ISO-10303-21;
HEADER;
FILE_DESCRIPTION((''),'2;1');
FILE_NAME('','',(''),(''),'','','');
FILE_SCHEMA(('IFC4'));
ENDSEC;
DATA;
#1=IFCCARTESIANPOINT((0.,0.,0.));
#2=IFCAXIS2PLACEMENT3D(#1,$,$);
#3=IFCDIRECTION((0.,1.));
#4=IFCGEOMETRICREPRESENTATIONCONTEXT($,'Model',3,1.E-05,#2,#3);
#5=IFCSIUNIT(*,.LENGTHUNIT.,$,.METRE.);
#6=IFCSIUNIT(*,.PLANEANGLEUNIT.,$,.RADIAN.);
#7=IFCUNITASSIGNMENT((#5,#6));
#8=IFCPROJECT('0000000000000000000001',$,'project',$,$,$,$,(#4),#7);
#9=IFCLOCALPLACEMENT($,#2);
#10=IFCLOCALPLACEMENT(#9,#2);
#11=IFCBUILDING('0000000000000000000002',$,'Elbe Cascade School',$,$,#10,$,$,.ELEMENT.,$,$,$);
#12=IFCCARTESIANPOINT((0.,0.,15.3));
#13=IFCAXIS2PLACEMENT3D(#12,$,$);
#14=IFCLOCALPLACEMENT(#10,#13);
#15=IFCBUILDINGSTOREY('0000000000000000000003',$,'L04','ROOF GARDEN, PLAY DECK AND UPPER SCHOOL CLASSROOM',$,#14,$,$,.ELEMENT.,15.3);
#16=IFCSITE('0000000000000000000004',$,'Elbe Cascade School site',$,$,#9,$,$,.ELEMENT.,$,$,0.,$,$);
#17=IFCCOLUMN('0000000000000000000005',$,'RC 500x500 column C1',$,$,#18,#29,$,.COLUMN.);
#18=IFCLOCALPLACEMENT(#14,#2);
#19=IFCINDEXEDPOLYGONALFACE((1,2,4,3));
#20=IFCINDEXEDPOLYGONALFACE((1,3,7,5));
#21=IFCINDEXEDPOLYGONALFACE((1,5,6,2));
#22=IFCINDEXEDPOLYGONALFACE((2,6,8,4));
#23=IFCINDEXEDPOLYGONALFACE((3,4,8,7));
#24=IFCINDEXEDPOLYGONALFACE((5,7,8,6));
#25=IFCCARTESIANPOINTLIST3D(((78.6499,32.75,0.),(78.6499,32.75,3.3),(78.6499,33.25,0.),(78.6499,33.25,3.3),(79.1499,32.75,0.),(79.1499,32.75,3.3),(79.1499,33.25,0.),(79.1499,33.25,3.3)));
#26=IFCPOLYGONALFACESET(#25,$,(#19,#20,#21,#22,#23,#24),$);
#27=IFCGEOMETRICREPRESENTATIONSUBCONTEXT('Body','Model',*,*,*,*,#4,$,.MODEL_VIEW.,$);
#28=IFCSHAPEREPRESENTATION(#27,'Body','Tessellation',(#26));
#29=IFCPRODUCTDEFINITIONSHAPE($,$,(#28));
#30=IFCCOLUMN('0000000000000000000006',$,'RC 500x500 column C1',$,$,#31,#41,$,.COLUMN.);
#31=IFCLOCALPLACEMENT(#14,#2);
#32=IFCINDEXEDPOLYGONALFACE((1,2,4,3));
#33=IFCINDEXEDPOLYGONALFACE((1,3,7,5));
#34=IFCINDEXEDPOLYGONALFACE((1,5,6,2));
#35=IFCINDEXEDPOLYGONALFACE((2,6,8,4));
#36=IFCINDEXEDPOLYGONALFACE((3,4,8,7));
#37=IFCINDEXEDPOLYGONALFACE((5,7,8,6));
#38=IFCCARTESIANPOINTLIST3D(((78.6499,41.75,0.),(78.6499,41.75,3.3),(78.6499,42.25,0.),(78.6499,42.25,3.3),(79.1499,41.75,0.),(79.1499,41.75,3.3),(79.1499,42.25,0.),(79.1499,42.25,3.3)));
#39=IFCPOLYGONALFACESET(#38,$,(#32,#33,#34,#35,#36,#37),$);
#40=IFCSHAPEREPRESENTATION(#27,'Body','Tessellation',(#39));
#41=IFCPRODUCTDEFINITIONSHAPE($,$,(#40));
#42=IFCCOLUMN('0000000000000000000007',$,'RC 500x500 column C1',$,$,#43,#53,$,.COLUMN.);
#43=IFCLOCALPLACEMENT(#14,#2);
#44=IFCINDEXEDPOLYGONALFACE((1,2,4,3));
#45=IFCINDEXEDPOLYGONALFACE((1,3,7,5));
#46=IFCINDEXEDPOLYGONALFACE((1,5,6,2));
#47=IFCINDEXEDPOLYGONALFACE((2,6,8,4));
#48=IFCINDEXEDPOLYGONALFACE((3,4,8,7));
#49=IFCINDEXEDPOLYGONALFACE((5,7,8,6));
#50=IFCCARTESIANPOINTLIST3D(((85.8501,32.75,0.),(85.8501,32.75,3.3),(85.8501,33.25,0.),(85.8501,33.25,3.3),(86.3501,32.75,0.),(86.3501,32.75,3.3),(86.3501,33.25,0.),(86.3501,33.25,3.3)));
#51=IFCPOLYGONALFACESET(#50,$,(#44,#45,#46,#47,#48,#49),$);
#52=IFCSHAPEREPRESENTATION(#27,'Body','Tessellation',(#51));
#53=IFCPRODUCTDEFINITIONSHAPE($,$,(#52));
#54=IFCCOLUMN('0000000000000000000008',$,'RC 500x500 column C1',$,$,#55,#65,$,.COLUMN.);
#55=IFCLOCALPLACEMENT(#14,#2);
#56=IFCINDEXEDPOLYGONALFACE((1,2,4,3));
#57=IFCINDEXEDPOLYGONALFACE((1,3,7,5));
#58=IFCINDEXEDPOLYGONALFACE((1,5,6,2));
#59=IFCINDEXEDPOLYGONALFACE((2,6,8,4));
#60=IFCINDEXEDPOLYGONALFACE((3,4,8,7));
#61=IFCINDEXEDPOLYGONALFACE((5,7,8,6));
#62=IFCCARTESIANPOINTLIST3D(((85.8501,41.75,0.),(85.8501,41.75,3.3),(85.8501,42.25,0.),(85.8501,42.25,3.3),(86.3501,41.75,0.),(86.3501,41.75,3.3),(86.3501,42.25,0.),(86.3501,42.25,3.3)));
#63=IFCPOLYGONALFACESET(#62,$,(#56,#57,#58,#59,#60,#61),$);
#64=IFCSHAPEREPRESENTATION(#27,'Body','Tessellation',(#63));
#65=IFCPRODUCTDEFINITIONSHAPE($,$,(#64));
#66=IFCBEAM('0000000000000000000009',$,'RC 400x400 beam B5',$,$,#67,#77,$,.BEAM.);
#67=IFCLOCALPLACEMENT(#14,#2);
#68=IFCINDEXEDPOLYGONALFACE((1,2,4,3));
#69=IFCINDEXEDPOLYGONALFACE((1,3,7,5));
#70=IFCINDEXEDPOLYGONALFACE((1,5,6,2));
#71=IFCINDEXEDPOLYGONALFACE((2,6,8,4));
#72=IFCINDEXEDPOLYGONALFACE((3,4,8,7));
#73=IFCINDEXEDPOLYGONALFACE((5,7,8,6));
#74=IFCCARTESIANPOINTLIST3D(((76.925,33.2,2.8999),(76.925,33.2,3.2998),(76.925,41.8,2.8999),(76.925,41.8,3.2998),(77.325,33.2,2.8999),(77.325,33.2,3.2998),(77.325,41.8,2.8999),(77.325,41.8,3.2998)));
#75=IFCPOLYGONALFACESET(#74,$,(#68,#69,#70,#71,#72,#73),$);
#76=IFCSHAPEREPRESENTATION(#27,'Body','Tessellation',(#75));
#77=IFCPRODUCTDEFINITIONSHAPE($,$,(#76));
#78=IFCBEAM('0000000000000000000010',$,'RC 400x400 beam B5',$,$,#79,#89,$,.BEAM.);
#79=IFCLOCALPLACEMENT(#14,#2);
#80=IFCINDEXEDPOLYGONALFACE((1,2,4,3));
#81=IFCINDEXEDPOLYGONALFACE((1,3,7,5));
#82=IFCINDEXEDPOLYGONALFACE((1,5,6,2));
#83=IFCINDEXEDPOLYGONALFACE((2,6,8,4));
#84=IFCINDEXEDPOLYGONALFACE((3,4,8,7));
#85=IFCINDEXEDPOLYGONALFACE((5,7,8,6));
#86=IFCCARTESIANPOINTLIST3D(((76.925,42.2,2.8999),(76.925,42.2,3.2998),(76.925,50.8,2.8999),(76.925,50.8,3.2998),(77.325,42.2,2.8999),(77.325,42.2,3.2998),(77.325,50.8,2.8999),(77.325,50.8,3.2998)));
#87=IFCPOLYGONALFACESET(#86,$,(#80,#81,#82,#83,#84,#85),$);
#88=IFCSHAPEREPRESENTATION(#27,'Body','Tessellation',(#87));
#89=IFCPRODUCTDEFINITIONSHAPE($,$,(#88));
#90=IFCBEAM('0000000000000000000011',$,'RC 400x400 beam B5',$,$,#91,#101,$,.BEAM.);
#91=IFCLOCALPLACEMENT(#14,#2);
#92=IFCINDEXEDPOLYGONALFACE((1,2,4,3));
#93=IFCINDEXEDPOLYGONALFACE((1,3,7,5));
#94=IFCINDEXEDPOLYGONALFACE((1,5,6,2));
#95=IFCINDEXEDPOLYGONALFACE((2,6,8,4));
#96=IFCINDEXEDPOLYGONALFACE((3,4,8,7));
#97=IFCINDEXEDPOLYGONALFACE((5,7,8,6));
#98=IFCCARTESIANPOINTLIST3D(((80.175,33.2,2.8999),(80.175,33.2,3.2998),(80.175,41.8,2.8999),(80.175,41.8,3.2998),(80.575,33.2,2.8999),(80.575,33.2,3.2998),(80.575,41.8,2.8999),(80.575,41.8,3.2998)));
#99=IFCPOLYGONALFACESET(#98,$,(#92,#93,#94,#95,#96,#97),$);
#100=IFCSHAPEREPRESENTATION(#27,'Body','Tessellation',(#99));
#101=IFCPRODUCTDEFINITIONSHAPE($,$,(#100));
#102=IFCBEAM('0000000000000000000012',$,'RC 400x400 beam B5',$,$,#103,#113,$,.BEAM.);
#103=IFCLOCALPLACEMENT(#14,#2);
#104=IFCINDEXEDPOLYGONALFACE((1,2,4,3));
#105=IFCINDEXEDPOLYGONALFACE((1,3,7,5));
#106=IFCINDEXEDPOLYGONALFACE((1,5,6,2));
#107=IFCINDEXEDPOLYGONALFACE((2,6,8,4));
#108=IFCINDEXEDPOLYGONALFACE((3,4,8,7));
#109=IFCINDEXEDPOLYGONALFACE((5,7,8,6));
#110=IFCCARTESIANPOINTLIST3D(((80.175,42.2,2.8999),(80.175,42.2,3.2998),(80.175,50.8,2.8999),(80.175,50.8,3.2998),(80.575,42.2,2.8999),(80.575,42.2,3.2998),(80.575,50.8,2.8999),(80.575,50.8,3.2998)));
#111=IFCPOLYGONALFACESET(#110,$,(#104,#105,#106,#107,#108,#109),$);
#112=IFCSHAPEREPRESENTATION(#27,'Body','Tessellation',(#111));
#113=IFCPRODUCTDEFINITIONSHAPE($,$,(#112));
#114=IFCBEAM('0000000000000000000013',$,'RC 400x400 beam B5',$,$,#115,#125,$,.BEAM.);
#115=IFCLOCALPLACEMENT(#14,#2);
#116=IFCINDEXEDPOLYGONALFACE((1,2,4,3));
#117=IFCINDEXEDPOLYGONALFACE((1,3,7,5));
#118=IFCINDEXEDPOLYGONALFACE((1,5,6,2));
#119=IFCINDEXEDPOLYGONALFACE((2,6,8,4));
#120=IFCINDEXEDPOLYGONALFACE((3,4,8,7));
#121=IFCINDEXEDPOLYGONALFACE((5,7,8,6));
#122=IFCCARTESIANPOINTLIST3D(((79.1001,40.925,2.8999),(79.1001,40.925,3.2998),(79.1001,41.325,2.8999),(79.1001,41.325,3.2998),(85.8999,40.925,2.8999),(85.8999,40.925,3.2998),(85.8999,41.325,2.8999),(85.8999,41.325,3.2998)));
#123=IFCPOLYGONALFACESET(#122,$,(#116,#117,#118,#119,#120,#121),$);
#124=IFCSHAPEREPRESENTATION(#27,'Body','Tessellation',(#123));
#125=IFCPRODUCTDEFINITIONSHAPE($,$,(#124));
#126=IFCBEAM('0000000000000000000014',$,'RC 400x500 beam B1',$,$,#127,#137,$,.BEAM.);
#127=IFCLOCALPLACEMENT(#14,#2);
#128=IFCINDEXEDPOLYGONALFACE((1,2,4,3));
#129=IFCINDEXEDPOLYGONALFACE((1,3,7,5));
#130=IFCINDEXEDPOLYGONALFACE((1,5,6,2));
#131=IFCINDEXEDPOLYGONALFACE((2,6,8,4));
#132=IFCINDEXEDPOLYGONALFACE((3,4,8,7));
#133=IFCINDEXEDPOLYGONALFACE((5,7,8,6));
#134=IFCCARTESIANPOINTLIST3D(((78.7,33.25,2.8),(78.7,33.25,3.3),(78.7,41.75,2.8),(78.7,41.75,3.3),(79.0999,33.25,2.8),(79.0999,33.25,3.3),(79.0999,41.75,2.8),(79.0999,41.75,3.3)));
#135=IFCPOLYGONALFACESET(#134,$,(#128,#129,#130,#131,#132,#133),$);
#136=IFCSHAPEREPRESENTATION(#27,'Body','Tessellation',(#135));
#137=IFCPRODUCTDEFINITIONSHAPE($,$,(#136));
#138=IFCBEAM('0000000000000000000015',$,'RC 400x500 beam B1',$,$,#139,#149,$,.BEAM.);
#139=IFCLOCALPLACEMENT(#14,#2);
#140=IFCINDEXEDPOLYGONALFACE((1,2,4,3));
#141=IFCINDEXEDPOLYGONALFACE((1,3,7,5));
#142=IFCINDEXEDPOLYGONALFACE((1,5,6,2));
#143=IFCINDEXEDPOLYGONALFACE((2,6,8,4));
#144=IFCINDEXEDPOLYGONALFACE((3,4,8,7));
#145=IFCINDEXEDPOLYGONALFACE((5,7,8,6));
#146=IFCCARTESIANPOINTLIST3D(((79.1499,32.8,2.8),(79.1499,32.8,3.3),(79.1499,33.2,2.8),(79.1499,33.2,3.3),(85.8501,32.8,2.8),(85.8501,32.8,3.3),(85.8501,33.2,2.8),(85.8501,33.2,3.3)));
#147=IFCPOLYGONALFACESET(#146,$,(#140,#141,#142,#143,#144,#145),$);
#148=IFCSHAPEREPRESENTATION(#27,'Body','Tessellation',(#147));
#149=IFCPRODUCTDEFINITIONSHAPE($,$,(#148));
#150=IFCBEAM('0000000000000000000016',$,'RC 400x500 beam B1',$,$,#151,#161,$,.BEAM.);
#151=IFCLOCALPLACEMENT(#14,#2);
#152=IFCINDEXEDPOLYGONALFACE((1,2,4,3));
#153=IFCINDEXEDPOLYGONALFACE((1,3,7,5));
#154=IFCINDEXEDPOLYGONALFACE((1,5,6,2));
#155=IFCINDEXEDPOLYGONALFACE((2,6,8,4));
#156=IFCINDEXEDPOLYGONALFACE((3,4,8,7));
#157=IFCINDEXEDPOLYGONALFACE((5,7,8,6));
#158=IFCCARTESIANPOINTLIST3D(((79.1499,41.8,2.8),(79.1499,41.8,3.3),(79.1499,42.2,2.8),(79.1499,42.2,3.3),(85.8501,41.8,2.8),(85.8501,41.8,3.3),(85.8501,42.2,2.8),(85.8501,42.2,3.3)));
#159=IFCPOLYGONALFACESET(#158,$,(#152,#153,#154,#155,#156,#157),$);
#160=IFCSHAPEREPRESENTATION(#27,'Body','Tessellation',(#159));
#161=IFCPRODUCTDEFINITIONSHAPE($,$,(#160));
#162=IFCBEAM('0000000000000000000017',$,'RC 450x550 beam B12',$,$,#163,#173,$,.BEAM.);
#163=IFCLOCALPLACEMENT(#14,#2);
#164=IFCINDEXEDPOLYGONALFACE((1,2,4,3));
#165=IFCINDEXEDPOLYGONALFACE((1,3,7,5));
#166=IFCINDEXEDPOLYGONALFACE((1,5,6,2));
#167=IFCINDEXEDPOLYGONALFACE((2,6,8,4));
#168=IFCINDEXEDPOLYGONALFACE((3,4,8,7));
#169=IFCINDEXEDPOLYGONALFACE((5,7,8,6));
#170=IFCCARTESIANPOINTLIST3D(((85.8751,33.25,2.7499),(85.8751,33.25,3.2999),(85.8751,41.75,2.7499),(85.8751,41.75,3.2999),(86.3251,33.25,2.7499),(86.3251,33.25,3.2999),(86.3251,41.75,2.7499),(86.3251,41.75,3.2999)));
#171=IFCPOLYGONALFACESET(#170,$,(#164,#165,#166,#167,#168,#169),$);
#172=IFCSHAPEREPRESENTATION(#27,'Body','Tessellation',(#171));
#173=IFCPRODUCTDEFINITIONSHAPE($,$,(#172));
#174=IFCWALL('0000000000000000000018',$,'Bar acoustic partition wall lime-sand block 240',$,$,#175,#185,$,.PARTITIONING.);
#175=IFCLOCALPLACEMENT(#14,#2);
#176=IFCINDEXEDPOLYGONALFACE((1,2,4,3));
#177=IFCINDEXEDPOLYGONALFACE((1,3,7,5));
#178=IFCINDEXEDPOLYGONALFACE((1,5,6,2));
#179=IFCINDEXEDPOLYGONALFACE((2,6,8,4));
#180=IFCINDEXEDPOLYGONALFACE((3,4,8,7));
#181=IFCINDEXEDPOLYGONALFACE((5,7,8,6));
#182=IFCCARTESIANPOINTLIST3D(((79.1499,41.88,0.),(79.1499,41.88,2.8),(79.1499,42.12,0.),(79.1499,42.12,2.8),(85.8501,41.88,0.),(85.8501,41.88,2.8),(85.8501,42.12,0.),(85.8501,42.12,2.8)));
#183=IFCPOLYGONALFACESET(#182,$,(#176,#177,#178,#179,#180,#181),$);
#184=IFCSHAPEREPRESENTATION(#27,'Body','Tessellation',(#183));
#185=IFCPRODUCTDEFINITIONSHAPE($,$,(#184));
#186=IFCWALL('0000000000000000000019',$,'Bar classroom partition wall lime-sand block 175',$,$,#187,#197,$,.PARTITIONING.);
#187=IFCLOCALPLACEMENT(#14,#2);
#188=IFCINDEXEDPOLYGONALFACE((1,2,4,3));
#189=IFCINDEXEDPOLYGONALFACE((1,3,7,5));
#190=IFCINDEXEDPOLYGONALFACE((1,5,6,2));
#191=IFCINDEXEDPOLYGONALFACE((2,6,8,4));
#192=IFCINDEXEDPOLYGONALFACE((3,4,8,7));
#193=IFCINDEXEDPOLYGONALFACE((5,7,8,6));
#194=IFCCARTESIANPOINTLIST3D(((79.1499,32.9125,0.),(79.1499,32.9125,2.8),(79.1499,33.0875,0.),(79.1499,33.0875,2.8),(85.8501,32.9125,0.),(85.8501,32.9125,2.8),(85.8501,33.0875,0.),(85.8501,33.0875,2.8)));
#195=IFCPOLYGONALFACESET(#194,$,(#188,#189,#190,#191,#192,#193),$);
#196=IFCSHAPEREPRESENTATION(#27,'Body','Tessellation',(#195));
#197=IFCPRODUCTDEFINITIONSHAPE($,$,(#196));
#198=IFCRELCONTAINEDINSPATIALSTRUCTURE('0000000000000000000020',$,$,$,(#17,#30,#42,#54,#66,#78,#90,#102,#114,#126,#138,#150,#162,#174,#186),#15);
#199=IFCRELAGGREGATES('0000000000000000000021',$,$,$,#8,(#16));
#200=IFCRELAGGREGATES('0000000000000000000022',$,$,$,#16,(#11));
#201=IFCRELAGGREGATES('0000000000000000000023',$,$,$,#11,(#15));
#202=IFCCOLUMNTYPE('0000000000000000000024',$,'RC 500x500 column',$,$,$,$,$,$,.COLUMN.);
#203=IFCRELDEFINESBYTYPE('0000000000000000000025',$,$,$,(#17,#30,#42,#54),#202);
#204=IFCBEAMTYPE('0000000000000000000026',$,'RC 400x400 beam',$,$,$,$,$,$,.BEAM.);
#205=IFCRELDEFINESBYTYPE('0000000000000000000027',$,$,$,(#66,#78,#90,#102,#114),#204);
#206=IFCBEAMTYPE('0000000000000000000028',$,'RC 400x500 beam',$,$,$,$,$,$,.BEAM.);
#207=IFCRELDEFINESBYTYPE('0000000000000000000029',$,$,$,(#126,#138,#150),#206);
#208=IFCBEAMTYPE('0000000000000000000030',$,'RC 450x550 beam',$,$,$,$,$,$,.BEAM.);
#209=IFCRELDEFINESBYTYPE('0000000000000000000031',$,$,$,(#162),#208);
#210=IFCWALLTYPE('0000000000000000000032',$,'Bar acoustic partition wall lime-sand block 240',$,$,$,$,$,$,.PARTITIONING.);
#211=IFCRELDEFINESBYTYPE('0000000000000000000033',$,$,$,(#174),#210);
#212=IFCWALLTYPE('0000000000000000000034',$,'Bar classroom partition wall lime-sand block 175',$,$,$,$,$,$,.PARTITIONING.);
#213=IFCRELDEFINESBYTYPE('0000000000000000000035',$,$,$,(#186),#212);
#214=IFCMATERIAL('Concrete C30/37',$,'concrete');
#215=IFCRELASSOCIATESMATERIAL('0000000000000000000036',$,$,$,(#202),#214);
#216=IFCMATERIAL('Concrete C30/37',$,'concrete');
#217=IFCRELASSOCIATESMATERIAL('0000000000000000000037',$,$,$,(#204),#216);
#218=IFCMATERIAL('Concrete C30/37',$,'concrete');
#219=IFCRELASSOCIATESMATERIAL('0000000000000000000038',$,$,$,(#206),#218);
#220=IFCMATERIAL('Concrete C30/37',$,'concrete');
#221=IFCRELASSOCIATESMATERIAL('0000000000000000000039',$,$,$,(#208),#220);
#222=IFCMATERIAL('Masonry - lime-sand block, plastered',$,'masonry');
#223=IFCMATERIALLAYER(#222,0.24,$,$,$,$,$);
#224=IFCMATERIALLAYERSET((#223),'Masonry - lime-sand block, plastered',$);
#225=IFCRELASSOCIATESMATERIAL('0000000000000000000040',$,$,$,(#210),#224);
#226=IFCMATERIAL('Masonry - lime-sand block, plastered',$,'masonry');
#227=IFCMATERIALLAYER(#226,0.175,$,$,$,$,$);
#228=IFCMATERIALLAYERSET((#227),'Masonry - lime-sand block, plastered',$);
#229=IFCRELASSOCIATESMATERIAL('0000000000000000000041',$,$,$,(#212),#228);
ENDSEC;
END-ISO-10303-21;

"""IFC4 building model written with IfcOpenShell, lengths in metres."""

from ifc_helpers import new_model, si_unit, direction, frame, frame_2d, origin, origin_2d, place, context, subcontext, project, spatial, rectangle, extrude, material, layer, layer_set, material_profile, profile_set, type_object, element, save


model = new_model("IFC4")

# Units and contexts
model_context = context("Model", 3, precision=1e-05, world=origin(), true_north=direction((0.0, 1.0)))
body_context = subcontext(model_context, "Body", "Model", "MODEL_VIEW")
ifc_project = project(units=[si_unit("LENGTHUNIT", "METRE"), si_unit("PLANEANGLEUNIT", "RADIAN")], contexts=[model_context])

# Site, building, storey
site_placement = place(None, origin())
site = spatial("IfcSite", under=ifc_project, at=site_placement, Name="Elbe Cascade School site", CompositionType="ELEMENT", RefElevation=0.0)
building_placement = place(site_placement, origin())
building = spatial("IfcBuilding", under=site, at=building_placement, Name="Elbe Cascade School", CompositionType="ELEMENT")
storey_placement = place(building_placement, frame((0.0, 0.0, 15.3)))
storey = spatial("IfcBuildingStorey", under=building, at=storey_placement, Name="L04", Description="ROOF GARDEN, PLAY DECK AND UPPER SCHOOL CLASSROOM", CompositionType="ELEMENT", Elevation=15.3)

# Columns
ifc_material_1 = material(Name="Concrete C30/37", Category="concrete")
ifc_material_profile_1 = material_profile(ifc_material_1, rectangle(XDim=0.5, YDim=0.5, at=origin_2d()), Name="RC 500x500")
ifc_profile_set_1 = profile_set([ifc_material_profile_1], Name="Concrete C30/37")
column_type = type_object("IfcColumnType", Name="RC 500x500 column", PredefinedType="COLUMN", material=ifc_profile_set_1)
for number, where, z_axis, x_axis, name in (
    (1, (78.8999, 33.0, 0.0), (0.0, 0.0, 1.0), (1.0, 0.0, 0.0), "RC 500x500 column C1"),
    (2, (78.8999, 42.0, 0.0), (0.0, 0.0, 1.0), (1.0, 0.0, 0.0), "RC 500x500 column C1"),
    (3, (86.1001, 33.0, 0.0), (0.0, 0.0, 1.0), (1.0, 0.0, 0.0), "RC 500x500 column C1"),
    (4, (86.1001, 42.0, 0.0), (0.0, 0.0, 1.0), (1.0, 0.0, 0.0), "RC 500x500 column C1"),
):
    element("IfcColumn", number, at=place(storey_placement, frame(where, z_axis=z_axis, x_axis=x_axis)), inside=storey, type_object=column_type, Name=name, PredefinedType="COLUMN", context=body_context, shape_type="SweptSolid", body=[
        extrude(rectangle(XDim=0.5, YDim=0.5, at=origin_2d()), origin(), (0.0, 0.0, 1.0), 3.3),
    ])

# Beams
ifc_material_2 = material(Name="Concrete C30/37", Category="concrete")
ifc_material_profile_2 = material_profile(ifc_material_2, rectangle(XDim=0.3999, YDim=0.3999, at=origin_2d()), Name="RC 400x400")
ifc_profile_set_2 = profile_set([ifc_material_profile_2], Name="Concrete C30/37")
beam_type_1 = type_object("IfcBeamType", Name="RC 400x400 beam", PredefinedType="BEAM", material=ifc_profile_set_2)
for number, where, z_axis, x_axis, name in (
    (5, (77.125, 33.2, 3.0999), (0.0, 1.0, 0.0), (-1.0, 0.0, 0.0), "RC 400x400 beam B5"),
    (6, (77.125, 42.2, 3.0999), (0.0, 1.0, 0.0), (-1.0, 0.0, 0.0), "RC 400x400 beam B5"),
    (7, (80.375, 33.2, 3.0999), (0.0, 1.0, 0.0), (-1.0, 0.0, 0.0), "RC 400x400 beam B5"),
    (8, (80.375, 42.2, 3.0999), (0.0, 1.0, 0.0), (-1.0, 0.0, 0.0), "RC 400x400 beam B5"),
):
    element("IfcBeam", number, at=place(storey_placement, frame(where, z_axis=z_axis, x_axis=x_axis)), inside=storey, type_object=beam_type_1, Name=name, PredefinedType="BEAM", context=body_context, shape_type="SweptSolid", body=[
        extrude(rectangle(XDim=0.3999, YDim=0.3999, at=origin_2d()), origin(), (0.0, 0.0, 1.0), 8.6001),
    ])
beam_1_placement = place(storey_placement, frame((79.1001, 41.125, 3.0999), z_axis=(1.0, 0.0, 0.0), x_axis=(0.0, 1.0, 0.0)))
element("IfcBeam", 9, at=beam_1_placement, inside=storey, type_object=beam_type_1, Name="RC 400x400 beam B5", PredefinedType="BEAM", context=body_context, shape_type="SweptSolid", body=[
    extrude(rectangle(XDim=0.3999, YDim=0.3999, at=origin_2d()), origin(), (0.0, 0.0, 1.0), 6.7998),
])
ifc_material_3 = material(Name="Concrete C30/37", Category="concrete")
ifc_material_profile_3 = material_profile(ifc_material_3, rectangle(XDim=0.3999, YDim=0.5, at=origin_2d()), Name="RC 400x500")
ifc_profile_set_3 = profile_set([ifc_material_profile_3], Name="Concrete C30/37")
beam_type_2 = type_object("IfcBeamType", Name="RC 400x500 beam", PredefinedType="BEAM", material=ifc_profile_set_3)
beam_2_placement = place(storey_placement, frame((78.8999, 33.25, 3.05), z_axis=(0.0, 1.0, 0.0), x_axis=(-1.0, 0.0, 0.0)))
element("IfcBeam", 10, at=beam_2_placement, inside=storey, type_object=beam_type_2, Name="RC 400x500 beam B1", PredefinedType="BEAM", context=body_context, shape_type="SweptSolid", body=[
    extrude(rectangle(XDim=0.3999, YDim=0.5, at=origin_2d()), origin(), (0.0, 0.0, 1.0), 8.5),
])
for number, where, z_axis, x_axis, name in (
    (11, (79.1499, 33.0, 3.05), (1.0, 0.0, 0.0), (0.0, 1.0, 0.0), "RC 400x500 beam B1"),
    (12, (79.1499, 42.0, 3.05), (1.0, 0.0, 0.0), (0.0, 1.0, 0.0), "RC 400x500 beam B1"),
):
    element("IfcBeam", number, at=place(storey_placement, frame(where, z_axis=z_axis, x_axis=x_axis)), inside=storey, type_object=beam_type_2, Name=name, PredefinedType="BEAM", context=body_context, shape_type="SweptSolid", body=[
        extrude(rectangle(XDim=0.3999, YDim=0.5, at=origin_2d()), origin(), (0.0, 0.0, 1.0), 6.7002),
    ])
ifc_material_4 = material(Name="Concrete C30/37", Category="concrete")
ifc_material_profile_4 = material_profile(ifc_material_4, rectangle(XDim=0.45, YDim=0.55, at=origin_2d()), Name="RC 450x550")
ifc_profile_set_4 = profile_set([ifc_material_profile_4], Name="Concrete C30/37")
beam_type_3 = type_object("IfcBeamType", Name="RC 450x550 beam", PredefinedType="BEAM", material=ifc_profile_set_4)
beam_3_placement = place(storey_placement, frame((86.1001, 33.25, 3.0249), z_axis=(0.0, 1.0, 0.0), x_axis=(-1.0, 0.0, 0.0)))
element("IfcBeam", 13, at=beam_3_placement, inside=storey, type_object=beam_type_3, Name="RC 450x550 beam B12", PredefinedType="BEAM", context=body_context, shape_type="SweptSolid", body=[
    extrude(rectangle(XDim=0.45, YDim=0.55, at=origin_2d()), origin(), (0.0, 0.0, 1.0), 8.5),
])

# Walls
ifc_material_5 = material(Name="Masonry - lime-sand block, plastered", Category="masonry")
ifc_layer_1 = layer(ifc_material_5, 0.24)
ifc_layer_set_1 = layer_set([ifc_layer_1], Name="Masonry - lime-sand block, plastered")
wall_type_1 = type_object("IfcWallType", Name="Bar acoustic partition wall lime-sand block 240", PredefinedType="PARTITIONING", material=ifc_layer_set_1)
wall_1_placement = place(storey_placement, frame((79.1499, 42.0, 0.0), z_axis=(0.0, 0.0, 1.0), x_axis=(1.0, 0.0, 0.0)))
element("IfcWall", 14, at=wall_1_placement, inside=storey, type_object=wall_type_1, Name="Bar acoustic partition wall lime-sand block 240", PredefinedType="PARTITIONING", context=body_context, shape_type="SweptSolid", body=[
    extrude(rectangle(XDim=6.7002, YDim=0.24, at=frame_2d((3.3501, 0.0))), origin(), (0.0, 0.0, 1.0), 2.8),
])
ifc_material_6 = material(Name="Masonry - lime-sand block, plastered", Category="masonry")
ifc_layer_2 = layer(ifc_material_6, 0.175)
ifc_layer_set_2 = layer_set([ifc_layer_2], Name="Masonry - lime-sand block, plastered")
wall_type_2 = type_object("IfcWallType", Name="Bar classroom partition wall lime-sand block 175", PredefinedType="PARTITIONING", material=ifc_layer_set_2)
wall_2_placement = place(storey_placement, frame((79.1499, 33.0, 0.0), z_axis=(0.0, 0.0, 1.0), x_axis=(1.0, 0.0, 0.0)))
element("IfcWall", 15, at=wall_2_placement, inside=storey, type_object=wall_type_2, Name="Bar classroom partition wall lime-sand block 175", PredefinedType="PARTITIONING", context=body_context, shape_type="SweptSolid", body=[
    extrude(rectangle(XDim=6.7002, YDim=0.175, at=frame_2d((3.3501, 0.0))), origin(), (0.0, 0.0, 1.0), 2.8),
])

save(model, "model.ifc")
